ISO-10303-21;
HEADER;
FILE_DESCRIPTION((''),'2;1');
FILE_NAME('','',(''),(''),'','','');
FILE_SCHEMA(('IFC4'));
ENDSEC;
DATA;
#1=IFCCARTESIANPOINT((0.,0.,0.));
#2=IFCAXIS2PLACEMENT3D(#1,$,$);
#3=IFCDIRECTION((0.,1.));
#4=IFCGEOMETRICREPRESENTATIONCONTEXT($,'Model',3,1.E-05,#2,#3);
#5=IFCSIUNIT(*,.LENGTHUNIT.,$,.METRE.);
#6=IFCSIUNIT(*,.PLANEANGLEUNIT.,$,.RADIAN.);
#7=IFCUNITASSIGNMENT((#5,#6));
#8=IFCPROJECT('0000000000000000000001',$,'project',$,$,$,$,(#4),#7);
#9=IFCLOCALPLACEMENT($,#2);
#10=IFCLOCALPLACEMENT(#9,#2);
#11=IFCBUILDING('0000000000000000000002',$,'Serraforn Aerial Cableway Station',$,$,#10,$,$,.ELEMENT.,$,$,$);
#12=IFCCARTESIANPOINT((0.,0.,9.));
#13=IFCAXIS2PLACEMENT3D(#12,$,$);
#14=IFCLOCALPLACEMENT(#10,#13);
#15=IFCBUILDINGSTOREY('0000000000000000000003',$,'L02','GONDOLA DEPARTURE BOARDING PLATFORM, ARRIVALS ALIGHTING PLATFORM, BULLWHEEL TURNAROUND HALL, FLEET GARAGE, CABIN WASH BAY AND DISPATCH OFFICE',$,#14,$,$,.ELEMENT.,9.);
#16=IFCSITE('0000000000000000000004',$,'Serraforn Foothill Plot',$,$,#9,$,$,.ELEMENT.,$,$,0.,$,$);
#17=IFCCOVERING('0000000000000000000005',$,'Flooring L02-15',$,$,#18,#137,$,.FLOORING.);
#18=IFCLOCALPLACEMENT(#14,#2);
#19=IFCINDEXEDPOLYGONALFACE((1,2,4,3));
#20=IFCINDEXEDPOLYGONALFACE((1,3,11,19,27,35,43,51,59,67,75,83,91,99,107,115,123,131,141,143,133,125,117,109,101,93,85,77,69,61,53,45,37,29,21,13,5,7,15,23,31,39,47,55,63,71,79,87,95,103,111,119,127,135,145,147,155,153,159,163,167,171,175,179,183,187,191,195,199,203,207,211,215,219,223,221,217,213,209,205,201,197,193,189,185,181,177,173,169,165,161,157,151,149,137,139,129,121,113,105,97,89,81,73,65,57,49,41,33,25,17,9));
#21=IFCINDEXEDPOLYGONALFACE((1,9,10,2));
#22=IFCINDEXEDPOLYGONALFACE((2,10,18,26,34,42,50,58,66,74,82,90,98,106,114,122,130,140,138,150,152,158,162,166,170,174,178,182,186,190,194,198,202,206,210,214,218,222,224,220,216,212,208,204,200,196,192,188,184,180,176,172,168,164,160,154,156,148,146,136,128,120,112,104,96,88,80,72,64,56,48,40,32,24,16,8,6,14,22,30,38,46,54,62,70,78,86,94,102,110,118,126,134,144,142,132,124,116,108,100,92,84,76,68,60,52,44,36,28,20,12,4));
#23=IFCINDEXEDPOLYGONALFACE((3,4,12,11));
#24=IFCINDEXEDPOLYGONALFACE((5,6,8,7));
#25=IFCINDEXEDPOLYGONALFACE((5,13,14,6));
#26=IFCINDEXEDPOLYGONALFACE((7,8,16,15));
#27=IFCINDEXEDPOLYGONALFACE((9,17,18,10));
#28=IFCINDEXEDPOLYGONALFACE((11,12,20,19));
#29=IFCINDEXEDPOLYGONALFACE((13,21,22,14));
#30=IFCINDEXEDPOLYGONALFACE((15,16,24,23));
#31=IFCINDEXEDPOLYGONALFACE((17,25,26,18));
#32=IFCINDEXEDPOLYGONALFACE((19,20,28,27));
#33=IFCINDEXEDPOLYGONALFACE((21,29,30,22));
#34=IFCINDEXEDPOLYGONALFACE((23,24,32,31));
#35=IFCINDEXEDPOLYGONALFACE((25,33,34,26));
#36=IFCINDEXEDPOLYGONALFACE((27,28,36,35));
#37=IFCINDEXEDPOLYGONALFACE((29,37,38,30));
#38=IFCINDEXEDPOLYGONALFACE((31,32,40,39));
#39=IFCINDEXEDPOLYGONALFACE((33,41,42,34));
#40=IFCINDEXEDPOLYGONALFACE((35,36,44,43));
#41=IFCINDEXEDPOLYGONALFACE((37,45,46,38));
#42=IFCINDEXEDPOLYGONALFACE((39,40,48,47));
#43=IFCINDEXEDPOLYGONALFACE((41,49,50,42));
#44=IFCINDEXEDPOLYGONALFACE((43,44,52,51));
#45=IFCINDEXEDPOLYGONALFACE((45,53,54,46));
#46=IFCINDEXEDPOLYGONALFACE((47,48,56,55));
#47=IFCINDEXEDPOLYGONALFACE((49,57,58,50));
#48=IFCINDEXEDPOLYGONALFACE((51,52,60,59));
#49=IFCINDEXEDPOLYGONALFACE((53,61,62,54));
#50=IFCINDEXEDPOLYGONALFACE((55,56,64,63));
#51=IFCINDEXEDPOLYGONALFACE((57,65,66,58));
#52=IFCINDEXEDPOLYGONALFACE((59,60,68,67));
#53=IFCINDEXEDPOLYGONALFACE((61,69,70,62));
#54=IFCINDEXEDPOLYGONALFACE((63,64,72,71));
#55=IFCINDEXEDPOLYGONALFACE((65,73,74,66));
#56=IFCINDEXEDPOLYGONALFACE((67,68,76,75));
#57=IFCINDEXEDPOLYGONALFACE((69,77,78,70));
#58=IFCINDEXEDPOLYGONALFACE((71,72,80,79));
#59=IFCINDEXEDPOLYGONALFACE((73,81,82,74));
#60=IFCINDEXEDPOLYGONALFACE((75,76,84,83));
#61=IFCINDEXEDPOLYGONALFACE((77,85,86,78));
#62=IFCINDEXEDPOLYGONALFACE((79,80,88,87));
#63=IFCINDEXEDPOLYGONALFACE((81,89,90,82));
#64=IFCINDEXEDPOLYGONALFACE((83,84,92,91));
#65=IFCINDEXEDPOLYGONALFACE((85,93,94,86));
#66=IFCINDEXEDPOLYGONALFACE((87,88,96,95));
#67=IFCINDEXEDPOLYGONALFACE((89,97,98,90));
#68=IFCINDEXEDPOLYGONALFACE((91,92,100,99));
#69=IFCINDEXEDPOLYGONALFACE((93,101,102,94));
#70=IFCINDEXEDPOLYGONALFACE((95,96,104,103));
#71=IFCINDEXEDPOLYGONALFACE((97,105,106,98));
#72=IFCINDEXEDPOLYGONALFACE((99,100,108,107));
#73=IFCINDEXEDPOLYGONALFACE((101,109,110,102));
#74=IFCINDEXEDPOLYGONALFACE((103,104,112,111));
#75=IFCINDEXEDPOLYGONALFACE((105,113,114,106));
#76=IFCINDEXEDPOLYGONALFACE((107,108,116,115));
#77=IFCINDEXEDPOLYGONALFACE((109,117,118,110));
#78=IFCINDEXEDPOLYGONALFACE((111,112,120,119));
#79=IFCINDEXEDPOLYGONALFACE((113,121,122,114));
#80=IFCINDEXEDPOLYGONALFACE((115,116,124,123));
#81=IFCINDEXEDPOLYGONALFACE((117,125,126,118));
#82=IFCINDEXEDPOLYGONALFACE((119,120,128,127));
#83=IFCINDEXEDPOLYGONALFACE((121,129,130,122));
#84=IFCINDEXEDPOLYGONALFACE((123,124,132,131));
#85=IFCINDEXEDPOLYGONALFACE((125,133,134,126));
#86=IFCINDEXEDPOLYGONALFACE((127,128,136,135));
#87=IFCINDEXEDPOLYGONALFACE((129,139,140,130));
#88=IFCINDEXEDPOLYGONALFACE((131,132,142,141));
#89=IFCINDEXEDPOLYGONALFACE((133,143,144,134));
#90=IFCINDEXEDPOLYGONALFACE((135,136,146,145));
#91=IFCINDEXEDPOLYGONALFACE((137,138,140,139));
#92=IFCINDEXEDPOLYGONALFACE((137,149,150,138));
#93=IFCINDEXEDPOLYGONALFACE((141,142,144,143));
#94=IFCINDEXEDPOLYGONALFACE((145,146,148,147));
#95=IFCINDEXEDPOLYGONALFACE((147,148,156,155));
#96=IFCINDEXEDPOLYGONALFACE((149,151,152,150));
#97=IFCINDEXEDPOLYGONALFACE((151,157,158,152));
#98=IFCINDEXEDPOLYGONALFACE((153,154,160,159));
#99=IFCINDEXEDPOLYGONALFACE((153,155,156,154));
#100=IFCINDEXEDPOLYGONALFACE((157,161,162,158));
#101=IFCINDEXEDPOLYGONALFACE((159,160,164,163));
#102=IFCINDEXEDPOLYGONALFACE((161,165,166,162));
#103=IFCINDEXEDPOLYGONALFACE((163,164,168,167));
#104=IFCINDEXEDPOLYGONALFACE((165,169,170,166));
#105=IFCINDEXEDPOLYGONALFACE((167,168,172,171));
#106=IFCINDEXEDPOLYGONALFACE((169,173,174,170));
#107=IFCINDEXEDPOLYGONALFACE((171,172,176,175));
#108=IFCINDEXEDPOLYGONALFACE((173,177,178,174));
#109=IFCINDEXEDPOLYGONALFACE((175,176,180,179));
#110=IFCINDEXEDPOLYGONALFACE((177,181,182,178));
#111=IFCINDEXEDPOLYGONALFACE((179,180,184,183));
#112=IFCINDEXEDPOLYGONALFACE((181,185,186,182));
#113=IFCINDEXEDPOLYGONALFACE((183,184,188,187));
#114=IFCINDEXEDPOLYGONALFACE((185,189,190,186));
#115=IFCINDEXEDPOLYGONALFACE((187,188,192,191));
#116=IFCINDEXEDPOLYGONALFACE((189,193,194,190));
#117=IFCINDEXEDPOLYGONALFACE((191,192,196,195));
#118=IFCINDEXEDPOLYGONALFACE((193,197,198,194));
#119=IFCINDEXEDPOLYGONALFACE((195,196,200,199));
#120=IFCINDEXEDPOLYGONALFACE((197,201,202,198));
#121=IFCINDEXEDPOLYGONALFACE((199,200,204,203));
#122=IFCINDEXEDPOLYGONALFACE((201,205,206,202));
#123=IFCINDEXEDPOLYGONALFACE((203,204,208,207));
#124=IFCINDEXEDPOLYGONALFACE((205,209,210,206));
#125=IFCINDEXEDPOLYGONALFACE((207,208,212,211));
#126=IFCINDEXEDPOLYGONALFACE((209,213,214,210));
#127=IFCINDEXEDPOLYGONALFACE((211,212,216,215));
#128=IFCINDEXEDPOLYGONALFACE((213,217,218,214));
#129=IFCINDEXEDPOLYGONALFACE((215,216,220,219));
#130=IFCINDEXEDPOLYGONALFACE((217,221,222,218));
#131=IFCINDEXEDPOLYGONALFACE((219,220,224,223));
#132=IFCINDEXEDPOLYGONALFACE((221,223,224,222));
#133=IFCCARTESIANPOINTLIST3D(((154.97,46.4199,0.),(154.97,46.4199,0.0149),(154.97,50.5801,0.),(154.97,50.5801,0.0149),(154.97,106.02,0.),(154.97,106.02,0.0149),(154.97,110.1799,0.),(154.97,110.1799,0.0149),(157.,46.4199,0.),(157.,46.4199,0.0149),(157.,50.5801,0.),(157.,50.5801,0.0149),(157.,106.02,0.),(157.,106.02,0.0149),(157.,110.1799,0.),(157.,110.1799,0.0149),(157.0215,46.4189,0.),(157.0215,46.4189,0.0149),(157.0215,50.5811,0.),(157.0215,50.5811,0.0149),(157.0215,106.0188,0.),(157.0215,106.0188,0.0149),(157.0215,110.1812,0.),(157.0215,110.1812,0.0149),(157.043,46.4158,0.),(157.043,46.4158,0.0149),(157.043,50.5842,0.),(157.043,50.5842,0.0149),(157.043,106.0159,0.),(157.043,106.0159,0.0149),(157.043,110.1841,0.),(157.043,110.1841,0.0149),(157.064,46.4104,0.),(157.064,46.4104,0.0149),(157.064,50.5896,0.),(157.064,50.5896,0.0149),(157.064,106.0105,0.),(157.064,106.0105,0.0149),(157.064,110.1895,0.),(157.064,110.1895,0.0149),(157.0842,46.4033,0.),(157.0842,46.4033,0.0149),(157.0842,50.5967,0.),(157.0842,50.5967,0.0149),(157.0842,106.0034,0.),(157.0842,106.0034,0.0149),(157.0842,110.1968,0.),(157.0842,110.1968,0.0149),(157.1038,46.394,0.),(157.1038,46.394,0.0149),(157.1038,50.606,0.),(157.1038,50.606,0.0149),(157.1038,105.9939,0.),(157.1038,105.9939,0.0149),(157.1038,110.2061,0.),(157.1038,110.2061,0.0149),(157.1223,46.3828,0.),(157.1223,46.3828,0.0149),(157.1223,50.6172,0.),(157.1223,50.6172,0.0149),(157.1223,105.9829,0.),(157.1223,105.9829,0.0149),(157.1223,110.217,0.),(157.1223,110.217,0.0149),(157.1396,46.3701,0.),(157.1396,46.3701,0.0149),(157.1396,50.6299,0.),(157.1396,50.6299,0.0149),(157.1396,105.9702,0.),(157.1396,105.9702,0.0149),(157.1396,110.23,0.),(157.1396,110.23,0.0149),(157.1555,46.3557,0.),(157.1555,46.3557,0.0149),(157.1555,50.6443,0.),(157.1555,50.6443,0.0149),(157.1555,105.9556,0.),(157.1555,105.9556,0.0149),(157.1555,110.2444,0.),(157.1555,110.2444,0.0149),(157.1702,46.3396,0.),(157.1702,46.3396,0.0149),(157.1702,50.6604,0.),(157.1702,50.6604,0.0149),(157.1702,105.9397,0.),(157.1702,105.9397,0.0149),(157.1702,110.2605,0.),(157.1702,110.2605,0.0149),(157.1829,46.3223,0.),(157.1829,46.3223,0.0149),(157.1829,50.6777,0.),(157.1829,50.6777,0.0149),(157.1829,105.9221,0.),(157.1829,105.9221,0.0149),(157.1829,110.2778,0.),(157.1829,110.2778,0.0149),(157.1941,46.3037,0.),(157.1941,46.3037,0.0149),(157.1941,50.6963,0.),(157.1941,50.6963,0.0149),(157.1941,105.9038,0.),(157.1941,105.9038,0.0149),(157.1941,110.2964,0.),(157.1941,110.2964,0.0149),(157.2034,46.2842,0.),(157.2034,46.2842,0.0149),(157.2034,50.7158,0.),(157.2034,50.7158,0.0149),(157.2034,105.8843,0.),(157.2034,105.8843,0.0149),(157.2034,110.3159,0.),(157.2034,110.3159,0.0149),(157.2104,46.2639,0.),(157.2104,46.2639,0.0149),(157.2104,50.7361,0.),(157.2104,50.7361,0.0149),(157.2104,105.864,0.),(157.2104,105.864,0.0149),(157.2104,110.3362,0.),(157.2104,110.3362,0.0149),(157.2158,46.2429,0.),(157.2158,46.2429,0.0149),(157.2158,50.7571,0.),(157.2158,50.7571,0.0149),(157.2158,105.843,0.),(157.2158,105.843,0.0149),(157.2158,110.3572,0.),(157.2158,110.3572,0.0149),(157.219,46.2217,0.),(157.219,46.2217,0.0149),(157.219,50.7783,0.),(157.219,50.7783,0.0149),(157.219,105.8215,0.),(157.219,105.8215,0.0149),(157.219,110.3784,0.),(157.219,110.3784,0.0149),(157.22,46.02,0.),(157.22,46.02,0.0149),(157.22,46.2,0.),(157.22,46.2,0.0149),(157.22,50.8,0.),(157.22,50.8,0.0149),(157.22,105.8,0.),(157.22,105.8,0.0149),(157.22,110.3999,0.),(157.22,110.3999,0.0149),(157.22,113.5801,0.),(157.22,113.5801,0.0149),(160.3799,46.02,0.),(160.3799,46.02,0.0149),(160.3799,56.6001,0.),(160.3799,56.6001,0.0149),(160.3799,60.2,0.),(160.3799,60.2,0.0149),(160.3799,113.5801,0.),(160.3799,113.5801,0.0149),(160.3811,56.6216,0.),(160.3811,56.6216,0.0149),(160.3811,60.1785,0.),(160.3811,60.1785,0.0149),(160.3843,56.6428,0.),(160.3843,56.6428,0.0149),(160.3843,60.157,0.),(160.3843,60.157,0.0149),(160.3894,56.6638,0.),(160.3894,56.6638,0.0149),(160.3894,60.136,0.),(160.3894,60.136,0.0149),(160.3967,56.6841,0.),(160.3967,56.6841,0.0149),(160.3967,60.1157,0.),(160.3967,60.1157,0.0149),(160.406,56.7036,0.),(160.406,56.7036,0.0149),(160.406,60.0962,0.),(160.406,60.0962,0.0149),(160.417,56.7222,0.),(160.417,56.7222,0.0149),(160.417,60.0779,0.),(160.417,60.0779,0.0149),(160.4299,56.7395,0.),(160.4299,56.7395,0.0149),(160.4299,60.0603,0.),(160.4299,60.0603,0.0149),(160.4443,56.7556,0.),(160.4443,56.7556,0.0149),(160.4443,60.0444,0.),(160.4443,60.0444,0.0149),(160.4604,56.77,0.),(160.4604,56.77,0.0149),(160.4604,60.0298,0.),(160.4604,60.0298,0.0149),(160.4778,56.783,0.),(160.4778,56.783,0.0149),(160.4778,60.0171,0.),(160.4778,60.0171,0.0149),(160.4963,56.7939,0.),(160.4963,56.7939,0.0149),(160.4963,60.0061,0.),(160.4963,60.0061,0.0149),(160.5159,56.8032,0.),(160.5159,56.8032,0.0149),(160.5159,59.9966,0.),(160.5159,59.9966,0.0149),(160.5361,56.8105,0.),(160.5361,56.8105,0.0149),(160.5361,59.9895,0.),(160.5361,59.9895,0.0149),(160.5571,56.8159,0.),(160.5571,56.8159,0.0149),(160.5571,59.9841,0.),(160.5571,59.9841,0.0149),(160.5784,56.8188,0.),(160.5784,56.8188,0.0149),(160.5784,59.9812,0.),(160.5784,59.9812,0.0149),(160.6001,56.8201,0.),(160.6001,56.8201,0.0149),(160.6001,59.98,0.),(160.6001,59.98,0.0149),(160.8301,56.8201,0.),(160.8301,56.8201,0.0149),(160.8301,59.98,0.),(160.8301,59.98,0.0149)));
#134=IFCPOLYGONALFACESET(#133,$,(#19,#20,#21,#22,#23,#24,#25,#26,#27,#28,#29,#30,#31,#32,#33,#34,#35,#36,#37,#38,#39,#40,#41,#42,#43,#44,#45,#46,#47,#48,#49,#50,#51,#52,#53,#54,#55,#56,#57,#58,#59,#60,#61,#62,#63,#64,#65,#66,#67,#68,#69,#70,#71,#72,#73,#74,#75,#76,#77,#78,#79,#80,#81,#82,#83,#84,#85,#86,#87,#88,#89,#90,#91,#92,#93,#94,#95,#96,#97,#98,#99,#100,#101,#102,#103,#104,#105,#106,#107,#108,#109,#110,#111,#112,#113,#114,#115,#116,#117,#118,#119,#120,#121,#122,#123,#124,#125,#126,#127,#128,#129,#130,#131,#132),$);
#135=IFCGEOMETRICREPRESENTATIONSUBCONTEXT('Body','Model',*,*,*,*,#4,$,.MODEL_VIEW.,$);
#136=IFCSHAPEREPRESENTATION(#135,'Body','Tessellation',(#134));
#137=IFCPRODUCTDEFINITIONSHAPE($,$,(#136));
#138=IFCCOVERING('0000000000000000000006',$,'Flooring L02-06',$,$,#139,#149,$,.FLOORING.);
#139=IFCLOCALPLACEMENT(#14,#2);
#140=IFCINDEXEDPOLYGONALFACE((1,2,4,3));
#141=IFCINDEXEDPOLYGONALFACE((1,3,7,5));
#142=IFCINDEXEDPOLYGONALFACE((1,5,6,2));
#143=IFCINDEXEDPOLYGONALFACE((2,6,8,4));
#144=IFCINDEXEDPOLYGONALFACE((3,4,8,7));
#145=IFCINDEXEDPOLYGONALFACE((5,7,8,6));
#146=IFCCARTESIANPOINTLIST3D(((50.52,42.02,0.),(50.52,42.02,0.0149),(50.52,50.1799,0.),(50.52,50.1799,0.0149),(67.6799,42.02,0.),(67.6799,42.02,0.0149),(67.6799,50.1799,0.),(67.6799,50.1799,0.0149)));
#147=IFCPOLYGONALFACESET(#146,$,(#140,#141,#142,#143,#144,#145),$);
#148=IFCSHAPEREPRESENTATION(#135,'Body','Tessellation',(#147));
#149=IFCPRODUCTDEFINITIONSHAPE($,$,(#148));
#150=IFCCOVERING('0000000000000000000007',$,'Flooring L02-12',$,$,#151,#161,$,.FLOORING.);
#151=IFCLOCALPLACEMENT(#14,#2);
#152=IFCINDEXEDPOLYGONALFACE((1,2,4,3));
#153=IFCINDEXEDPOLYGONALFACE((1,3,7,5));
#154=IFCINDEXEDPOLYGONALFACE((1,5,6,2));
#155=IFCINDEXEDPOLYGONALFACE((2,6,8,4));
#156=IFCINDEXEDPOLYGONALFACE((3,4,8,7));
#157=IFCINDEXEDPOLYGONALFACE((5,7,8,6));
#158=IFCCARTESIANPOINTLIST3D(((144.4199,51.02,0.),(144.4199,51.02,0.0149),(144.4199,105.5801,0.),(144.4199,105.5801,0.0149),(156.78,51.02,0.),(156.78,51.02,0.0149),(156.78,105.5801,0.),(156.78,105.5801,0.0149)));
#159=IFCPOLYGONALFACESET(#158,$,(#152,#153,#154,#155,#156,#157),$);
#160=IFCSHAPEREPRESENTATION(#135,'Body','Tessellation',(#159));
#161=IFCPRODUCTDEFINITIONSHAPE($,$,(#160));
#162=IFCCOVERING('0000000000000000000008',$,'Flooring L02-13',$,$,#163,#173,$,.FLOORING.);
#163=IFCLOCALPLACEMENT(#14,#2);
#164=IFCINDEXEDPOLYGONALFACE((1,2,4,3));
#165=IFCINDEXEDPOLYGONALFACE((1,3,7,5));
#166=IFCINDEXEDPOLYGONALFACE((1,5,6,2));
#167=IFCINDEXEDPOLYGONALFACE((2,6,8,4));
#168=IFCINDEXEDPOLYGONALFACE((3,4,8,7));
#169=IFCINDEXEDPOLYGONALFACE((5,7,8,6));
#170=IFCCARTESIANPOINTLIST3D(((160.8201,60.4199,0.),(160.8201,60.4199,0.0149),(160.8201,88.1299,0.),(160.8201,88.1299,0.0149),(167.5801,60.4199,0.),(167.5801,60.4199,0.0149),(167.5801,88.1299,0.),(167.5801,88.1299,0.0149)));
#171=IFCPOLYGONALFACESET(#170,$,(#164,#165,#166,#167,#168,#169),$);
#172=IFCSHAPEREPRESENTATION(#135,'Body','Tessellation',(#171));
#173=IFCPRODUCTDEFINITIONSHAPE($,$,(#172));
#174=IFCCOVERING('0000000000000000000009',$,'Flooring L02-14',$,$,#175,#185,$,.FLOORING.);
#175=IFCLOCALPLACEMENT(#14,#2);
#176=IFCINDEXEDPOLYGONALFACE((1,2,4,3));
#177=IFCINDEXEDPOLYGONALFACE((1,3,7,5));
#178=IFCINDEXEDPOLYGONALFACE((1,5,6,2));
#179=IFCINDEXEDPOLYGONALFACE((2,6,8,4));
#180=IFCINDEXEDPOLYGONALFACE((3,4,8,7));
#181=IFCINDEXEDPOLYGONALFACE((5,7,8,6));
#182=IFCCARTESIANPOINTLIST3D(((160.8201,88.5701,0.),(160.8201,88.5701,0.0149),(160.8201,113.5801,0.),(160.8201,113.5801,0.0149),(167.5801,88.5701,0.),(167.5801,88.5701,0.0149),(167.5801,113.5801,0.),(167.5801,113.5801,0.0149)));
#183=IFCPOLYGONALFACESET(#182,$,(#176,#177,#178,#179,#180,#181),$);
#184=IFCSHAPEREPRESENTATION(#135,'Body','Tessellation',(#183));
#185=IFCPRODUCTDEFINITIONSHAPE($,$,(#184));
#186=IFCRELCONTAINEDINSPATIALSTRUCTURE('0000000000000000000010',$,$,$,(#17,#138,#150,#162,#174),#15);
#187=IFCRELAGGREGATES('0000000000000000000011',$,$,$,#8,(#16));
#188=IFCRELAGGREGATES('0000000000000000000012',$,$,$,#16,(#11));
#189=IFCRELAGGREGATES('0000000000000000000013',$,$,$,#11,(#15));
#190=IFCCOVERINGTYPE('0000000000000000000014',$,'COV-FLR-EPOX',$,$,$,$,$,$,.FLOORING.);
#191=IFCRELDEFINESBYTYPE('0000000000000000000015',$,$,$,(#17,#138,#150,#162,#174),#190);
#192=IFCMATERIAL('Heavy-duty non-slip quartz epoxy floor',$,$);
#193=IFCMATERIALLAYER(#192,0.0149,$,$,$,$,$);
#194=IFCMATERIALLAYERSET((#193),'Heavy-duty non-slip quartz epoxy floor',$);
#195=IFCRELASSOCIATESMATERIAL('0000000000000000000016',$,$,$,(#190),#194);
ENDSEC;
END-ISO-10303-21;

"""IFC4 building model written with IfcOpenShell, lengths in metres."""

from ifc_helpers import new_model, si_unit, direction, frame, origin, place, context, subcontext, project, spatial, polyline, outline, extrude, material, layer, layer_set, type_object, element, save


model = new_model("IFC4")

# Units and contexts
model_context = context("Model", 3, precision=1e-05, world=origin(), true_north=direction((0.0, 1.0)))
body_context = subcontext(model_context, "Body", "Model", "MODEL_VIEW")
ifc_project = project(units=[si_unit("LENGTHUNIT", "METRE"), si_unit("PLANEANGLEUNIT", "RADIAN")], contexts=[model_context])

# Site, building, storey
site_placement = place(None, origin())
site = spatial("IfcSite", under=ifc_project, at=site_placement, Name="Serraforn Foothill Plot", CompositionType="ELEMENT", RefElevation=0.0)
building_placement = place(site_placement, origin())
building = spatial("IfcBuilding", under=site, at=building_placement, Name="Serraforn Aerial Cableway Station", CompositionType="ELEMENT")
storey_placement = place(building_placement, frame((0.0, 0.0, 9.0)))
storey = spatial("IfcBuildingStorey", under=building, at=storey_placement, Name="L02", Description="GONDOLA DEPARTURE BOARDING PLATFORM, ARRIVALS ALIGHTING PLATFORM, BULLWHEEL TURNAROUND HALL, FLEET GARAGE, CABIN WASH BAY AND DISPATCH OFFICE", CompositionType="ELEMENT", Elevation=9.0)

# Coverings
ifc_material_1 = material(Name="Heavy-duty non-slip quartz epoxy floor")
ifc_layer_1 = layer(ifc_material_1, 0.0149)
ifc_layer_set_1 = layer_set([ifc_layer_1], Name="Heavy-duty non-slip quartz epoxy floor")
covering_type_1 = type_object("IfcCoveringType", Name="COV-FLR-EPOX", PredefinedType="FLOORING", material=ifc_layer_set_1)
covering_1_placement = place(storey_placement, origin())
element("IfcCovering", 1, at=covering_1_placement, inside=storey, type_object=covering_type_1, Name="Flooring L02-15", PredefinedType="FLOORING", context=body_context, shape_type="SweptSolid", body=[
    extrude(outline(polyline([(157.0, 50.5801), (157.0215, 50.5811), (157.043, 50.5842), (157.064, 50.5896), (157.0842, 50.5967), (157.1038, 50.606), (157.1223, 50.6172), (157.1396, 50.6299), (157.1555, 50.6443), (157.1702, 50.6604), (157.1829, 50.6777), (157.1941, 50.6963), (157.2034, 50.7158), (157.2104, 50.7361), (157.2158, 50.7571), (157.219, 50.7783), (157.22, 50.8), (157.22, 105.8), (157.219, 105.8215), (157.2158, 105.843), (157.2104, 105.864), (157.2034, 105.8843), (157.1941, 105.9038), (157.1829, 105.9221), (157.1702, 105.9397), (157.1555, 105.9556), (157.1396, 105.9702), (157.1223, 105.9829), (157.1038, 105.9939), (157.0842, 106.0034), (157.064, 106.0105), (157.043, 106.0159), (157.0215, 106.0188), (157.0, 106.02), (154.97, 106.02), (154.97, 110.1799), (157.0, 110.1799), (157.0215, 110.1812), (157.043, 110.1841), (157.064, 110.1895), (157.0842, 110.1968), (157.1038, 110.2061), (157.1223, 110.217), (157.1396, 110.23), (157.1555, 110.2444), (157.1702, 110.2605), (157.1829, 110.2778), (157.1941, 110.2964), (157.2034, 110.3159), (157.2104, 110.3362), (157.2158, 110.3572), (157.219, 110.3784), (157.22, 110.3999), (157.22, 113.5801), (160.3799, 113.5801), (160.3799, 60.2), (160.3811, 60.1785), (160.3843, 60.157), (160.3894, 60.136), (160.3967, 60.1157), (160.406, 60.0962), (160.417, 60.0779), (160.4299, 60.0603), (160.4443, 60.0444), (160.4604, 60.0298), (160.4778, 60.0171), (160.4963, 60.0061), (160.5159, 59.9966), (160.5361, 59.9895), (160.5571, 59.9841), (160.5784, 59.9812), (160.6001, 59.98), (160.8301, 59.98), (160.8301, 56.8201), (160.6001, 56.8201), (160.5784, 56.8188), (160.5571, 56.8159), (160.5361, 56.8105), (160.5159, 56.8032), (160.4963, 56.7939), (160.4778, 56.783), (160.4604, 56.77), (160.4443, 56.7556), (160.4299, 56.7395), (160.417, 56.7222), (160.406, 56.7036), (160.3967, 56.6841), (160.3894, 56.6638), (160.3843, 56.6428), (160.3811, 56.6216), (160.3799, 56.6001), (160.3799, 46.02), (157.22, 46.02), (157.22, 46.2), (157.219, 46.2217), (157.2158, 46.2429), (157.2104, 46.2639), (157.2034, 46.2842), (157.1941, 46.3037), (157.1829, 46.3223), (157.1702, 46.3396), (157.1555, 46.3557), (157.1396, 46.3701), (157.1223, 46.3828), (157.1038, 46.394), (157.0842, 46.4033), (157.064, 46.4104), (157.043, 46.4158), (157.0215, 46.4189), (157.0, 46.4199), (154.97, 46.4199), (154.97, 50.5801), (157.0, 50.5801)])), origin(), (0.0, 0.0, 1.0), 0.0149),
])
covering_2_placement = place(storey_placement, origin())
element("IfcCovering", 2, at=covering_2_placement, inside=storey, type_object=covering_type_1, Name="Flooring L02-06", PredefinedType="FLOORING", context=body_context, shape_type="SweptSolid", body=[
    extrude(outline(polyline([(50.52, 42.02), (50.52, 50.1799), (67.6799, 50.1799), (67.6799, 42.02), (50.52, 42.02)])), origin(), (0.0, 0.0, 1.0), 0.0149),
])
covering_3_placement = place(storey_placement, origin())
element("IfcCovering", 3, at=covering_3_placement, inside=storey, type_object=covering_type_1, Name="Flooring L02-12", PredefinedType="FLOORING", context=body_context, shape_type="SweptSolid", body=[
    extrude(outline(polyline([(144.4199, 51.02), (144.4199, 105.5801), (156.78, 105.5801), (156.78, 51.02), (144.4199, 51.02)])), origin(), (0.0, 0.0, 1.0), 0.0149),
])
covering_4_placement = place(storey_placement, origin())
element("IfcCovering", 4, at=covering_4_placement, inside=storey, type_object=covering_type_1, Name="Flooring L02-13", PredefinedType="FLOORING", context=body_context, shape_type="SweptSolid", body=[
    extrude(outline(polyline([(160.8201, 60.4199), (160.8201, 88.1299), (167.5801, 88.1299), (167.5801, 60.4199), (160.8201, 60.4199)])), origin(), (0.0, 0.0, 1.0), 0.0149),
])
covering_5_placement = place(storey_placement, origin())
element("IfcCovering", 5, at=covering_5_placement, inside=storey, type_object=covering_type_1, Name="Flooring L02-14", PredefinedType="FLOORING", context=body_context, shape_type="SweptSolid", body=[
    extrude(outline(polyline([(160.8201, 88.5701), (160.8201, 113.5801), (167.5801, 113.5801), (167.5801, 88.5701), (160.8201, 88.5701)])), origin(), (0.0, 0.0, 1.0), 0.0149),
])

save(model, "model.ifc")
